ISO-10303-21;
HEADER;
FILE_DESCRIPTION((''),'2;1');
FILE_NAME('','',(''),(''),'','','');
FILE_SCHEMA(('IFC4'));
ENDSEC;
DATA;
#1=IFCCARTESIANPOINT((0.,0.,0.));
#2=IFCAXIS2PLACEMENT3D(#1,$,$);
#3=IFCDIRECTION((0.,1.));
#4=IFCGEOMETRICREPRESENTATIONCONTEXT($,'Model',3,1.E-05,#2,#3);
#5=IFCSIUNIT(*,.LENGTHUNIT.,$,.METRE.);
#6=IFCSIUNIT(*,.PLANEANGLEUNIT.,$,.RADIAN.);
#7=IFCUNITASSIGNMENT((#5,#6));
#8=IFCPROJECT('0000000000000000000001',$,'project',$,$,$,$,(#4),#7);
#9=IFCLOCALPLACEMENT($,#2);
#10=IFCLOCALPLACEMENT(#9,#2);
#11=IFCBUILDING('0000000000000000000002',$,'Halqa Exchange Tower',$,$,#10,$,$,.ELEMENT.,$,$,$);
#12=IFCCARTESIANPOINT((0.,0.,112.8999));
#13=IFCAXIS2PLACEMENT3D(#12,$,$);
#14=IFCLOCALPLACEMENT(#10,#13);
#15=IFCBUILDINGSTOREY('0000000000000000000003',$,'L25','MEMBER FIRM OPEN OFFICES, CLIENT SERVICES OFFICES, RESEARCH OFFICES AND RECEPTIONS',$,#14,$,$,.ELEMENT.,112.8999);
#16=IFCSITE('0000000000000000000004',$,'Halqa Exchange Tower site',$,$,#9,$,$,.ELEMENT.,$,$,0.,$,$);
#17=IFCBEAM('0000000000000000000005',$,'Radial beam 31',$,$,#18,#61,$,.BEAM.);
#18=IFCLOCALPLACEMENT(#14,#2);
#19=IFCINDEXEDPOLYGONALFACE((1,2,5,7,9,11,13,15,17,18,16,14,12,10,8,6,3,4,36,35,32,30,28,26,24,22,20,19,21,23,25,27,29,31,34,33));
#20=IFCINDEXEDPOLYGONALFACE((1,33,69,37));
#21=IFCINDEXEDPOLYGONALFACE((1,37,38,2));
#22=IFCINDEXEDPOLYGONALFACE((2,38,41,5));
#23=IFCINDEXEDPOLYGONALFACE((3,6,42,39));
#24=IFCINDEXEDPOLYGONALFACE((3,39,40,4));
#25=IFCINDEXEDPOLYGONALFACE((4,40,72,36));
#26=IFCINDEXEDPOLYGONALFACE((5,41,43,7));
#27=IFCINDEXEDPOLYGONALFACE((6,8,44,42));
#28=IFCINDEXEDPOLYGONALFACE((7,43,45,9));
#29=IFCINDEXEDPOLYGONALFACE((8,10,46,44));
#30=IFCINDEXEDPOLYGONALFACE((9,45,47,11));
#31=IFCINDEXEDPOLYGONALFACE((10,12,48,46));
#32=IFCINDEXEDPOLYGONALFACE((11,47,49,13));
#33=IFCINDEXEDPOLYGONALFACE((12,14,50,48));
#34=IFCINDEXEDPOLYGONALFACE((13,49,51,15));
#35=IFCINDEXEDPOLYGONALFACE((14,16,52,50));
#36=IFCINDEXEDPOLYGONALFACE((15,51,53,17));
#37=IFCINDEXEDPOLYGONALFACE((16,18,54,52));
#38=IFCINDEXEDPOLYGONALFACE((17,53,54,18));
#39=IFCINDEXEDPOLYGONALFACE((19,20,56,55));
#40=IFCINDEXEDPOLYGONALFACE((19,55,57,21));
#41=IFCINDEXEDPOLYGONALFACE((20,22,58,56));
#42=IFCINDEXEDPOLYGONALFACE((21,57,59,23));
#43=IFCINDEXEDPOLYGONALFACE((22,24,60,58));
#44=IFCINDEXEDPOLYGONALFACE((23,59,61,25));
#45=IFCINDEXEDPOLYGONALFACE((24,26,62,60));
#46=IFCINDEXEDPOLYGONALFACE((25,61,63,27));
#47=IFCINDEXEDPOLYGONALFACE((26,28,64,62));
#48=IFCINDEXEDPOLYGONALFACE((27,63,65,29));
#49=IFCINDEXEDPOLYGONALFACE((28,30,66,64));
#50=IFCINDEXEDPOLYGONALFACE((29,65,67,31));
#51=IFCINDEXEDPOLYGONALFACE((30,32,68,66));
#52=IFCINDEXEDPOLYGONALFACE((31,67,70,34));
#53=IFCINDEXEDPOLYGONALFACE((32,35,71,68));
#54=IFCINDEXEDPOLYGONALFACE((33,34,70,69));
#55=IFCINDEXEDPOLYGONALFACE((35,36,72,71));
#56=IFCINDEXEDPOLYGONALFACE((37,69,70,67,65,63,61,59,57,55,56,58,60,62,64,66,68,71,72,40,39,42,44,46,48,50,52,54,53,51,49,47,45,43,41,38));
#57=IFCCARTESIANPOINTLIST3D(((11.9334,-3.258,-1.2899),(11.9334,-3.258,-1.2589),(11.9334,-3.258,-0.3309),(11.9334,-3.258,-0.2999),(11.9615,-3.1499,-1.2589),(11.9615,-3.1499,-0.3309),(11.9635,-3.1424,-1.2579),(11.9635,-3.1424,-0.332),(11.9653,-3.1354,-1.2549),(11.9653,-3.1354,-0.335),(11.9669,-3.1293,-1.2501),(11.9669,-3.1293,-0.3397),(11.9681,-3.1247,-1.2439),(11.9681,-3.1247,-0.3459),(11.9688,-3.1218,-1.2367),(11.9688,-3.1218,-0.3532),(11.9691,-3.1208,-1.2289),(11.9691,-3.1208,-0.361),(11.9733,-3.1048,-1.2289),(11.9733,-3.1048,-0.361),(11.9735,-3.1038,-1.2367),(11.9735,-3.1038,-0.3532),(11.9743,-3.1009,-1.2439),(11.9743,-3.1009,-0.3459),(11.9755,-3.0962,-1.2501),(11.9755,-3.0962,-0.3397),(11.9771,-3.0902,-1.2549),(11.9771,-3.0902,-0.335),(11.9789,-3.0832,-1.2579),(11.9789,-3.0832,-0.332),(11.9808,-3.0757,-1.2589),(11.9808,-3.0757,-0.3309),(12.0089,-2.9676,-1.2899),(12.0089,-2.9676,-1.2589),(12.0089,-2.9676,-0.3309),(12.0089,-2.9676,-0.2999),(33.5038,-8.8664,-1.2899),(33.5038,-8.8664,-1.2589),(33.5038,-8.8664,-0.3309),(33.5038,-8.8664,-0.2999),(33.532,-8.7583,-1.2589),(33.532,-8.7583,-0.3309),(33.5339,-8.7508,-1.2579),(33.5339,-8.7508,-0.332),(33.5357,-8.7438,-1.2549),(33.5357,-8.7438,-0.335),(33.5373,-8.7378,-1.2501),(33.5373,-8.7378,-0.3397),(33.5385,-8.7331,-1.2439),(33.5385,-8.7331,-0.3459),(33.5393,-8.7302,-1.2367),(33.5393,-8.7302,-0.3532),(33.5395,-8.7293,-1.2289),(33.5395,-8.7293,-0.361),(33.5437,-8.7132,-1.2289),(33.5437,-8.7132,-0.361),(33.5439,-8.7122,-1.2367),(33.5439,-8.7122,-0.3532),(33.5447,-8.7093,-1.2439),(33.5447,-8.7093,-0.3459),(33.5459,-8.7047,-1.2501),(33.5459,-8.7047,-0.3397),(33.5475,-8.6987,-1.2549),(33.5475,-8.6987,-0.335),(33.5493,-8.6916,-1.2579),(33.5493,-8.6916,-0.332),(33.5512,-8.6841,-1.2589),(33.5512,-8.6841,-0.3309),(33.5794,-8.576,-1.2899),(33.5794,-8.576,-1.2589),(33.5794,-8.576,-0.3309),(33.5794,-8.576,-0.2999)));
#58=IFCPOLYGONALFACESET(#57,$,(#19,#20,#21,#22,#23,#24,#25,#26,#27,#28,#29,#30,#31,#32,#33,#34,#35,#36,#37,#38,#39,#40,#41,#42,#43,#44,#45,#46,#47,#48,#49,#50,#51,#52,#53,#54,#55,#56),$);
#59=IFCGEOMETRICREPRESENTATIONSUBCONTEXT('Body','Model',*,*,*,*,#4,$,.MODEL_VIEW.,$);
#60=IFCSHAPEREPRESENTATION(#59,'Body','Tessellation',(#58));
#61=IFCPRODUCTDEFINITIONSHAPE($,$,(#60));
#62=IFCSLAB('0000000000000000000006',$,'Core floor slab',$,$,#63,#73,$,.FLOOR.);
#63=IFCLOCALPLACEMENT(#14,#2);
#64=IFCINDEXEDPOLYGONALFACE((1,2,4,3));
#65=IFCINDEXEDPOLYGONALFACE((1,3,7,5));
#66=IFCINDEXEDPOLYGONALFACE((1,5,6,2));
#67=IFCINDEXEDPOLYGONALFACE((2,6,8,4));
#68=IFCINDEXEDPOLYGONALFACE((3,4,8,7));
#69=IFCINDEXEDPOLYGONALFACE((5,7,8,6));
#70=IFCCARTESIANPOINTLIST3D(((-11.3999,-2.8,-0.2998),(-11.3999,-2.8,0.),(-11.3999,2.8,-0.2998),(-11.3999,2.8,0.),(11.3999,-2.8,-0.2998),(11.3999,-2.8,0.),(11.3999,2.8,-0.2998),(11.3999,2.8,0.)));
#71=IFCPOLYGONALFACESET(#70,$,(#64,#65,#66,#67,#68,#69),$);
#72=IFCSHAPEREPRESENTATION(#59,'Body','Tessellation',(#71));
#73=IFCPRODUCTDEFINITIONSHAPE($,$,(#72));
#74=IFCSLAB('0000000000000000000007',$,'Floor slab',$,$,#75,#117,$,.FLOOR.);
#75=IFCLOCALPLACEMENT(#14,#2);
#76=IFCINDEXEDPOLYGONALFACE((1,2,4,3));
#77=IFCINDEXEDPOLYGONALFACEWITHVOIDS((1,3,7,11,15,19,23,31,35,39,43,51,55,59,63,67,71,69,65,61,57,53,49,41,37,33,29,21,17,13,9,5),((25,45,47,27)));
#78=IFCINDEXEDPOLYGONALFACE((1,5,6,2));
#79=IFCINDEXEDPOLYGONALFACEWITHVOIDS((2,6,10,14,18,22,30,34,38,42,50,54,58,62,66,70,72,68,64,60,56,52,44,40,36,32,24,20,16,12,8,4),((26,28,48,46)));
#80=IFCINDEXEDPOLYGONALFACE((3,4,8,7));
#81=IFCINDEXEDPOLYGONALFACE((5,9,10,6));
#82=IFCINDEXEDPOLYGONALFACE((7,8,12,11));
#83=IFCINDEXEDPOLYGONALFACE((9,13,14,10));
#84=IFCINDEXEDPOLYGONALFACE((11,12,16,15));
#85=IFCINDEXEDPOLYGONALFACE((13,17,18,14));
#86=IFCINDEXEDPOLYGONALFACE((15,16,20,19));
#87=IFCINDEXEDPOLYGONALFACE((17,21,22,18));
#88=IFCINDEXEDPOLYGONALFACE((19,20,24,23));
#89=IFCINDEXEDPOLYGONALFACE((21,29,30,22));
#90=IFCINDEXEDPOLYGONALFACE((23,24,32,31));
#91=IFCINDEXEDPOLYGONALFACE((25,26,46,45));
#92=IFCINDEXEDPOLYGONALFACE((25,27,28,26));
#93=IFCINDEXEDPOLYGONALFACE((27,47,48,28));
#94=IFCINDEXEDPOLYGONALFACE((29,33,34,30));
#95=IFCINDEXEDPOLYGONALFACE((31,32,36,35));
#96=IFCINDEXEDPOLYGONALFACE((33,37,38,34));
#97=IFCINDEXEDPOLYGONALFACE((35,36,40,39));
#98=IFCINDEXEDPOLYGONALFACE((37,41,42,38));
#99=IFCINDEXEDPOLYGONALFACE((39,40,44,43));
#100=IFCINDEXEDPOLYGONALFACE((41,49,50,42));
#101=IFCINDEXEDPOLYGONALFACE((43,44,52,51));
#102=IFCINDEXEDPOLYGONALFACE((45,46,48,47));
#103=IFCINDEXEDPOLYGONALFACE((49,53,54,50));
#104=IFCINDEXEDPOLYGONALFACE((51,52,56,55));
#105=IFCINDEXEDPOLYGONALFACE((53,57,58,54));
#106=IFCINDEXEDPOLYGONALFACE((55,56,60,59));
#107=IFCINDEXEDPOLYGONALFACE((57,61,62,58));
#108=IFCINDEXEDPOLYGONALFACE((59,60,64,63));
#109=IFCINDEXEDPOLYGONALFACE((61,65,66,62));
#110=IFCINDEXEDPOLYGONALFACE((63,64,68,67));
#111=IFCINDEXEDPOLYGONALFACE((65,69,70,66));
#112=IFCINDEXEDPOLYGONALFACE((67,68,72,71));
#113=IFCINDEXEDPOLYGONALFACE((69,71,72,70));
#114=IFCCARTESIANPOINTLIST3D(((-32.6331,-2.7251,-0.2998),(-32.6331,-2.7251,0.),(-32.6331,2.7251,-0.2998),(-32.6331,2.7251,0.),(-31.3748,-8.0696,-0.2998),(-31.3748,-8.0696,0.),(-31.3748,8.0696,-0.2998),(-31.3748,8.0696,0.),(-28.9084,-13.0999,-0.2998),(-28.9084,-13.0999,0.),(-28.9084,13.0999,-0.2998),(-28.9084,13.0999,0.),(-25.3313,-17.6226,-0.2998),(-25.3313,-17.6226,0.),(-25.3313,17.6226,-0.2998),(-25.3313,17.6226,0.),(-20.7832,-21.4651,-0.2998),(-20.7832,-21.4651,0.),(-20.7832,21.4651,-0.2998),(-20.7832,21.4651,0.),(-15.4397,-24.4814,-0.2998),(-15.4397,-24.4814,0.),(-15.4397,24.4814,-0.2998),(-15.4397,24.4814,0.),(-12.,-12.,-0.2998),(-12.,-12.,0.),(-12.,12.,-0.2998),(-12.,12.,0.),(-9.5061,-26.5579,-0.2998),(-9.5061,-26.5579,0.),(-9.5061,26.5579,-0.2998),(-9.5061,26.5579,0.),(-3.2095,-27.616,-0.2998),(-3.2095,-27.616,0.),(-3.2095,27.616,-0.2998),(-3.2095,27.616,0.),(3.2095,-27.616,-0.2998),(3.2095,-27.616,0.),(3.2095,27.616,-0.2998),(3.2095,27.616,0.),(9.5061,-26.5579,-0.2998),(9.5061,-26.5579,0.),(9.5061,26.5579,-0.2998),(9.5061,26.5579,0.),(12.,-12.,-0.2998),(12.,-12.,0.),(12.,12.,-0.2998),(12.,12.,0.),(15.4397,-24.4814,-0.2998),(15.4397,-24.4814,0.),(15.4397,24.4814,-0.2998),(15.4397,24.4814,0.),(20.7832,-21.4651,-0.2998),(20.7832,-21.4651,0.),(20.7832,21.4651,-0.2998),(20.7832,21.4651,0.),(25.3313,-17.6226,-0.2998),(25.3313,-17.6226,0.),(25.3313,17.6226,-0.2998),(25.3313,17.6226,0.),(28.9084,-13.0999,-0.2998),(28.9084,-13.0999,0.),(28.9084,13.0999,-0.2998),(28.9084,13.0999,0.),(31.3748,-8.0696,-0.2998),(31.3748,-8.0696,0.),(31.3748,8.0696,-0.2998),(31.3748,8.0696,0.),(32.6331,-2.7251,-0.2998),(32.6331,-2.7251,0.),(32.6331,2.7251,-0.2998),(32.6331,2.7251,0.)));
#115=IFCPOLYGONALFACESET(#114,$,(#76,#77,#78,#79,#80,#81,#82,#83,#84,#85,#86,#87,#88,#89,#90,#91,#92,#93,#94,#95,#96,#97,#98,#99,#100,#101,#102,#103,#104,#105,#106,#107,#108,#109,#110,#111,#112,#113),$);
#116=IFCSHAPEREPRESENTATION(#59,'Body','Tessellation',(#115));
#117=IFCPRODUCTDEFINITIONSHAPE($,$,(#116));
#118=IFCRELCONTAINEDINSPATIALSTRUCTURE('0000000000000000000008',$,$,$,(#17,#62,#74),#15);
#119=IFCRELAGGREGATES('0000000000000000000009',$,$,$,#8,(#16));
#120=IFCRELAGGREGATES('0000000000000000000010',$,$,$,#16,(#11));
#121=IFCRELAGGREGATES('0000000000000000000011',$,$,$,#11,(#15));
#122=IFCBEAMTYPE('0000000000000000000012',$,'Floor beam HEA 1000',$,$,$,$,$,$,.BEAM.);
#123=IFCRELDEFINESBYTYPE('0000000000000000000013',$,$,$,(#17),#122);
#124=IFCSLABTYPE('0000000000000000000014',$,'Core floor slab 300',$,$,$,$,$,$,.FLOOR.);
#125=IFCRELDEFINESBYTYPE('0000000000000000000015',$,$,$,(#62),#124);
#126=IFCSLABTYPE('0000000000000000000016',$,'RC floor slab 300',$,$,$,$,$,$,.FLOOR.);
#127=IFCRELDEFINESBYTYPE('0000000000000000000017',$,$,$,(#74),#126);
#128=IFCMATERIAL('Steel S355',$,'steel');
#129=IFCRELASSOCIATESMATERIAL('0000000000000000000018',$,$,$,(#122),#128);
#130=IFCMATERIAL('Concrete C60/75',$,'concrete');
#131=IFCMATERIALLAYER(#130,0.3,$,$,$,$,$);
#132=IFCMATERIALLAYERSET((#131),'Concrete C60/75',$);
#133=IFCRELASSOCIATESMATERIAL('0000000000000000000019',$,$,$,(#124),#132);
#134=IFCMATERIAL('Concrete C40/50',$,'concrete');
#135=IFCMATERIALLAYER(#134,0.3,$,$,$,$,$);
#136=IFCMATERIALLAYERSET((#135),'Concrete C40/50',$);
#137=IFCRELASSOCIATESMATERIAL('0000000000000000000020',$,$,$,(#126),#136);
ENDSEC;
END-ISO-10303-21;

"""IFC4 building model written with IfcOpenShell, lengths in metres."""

from ifc_helpers import new_model, si_unit, direction, frame, origin, origin_2d, place, context, subcontext, project, spatial, polyline, i_section, outline, extrude, material, layer, layer_set, material_profile, profile_set, type_object, element, save


model = new_model("IFC4")

# Units and contexts
model_context = context("Model", 3, precision=1e-05, world=origin(), true_north=direction((0.0, 1.0)))
body_context = subcontext(model_context, "Body", "Model", "MODEL_VIEW")
ifc_project = project(units=[si_unit("LENGTHUNIT", "METRE"), si_unit("PLANEANGLEUNIT", "RADIAN")], contexts=[model_context])

# Site, building, storey
site_placement = place(None, origin())
site = spatial("IfcSite", under=ifc_project, at=site_placement, Name="Halqa Exchange Tower site", CompositionType="ELEMENT", RefElevation=0.0)
building_placement = place(site_placement, origin())
building = spatial("IfcBuilding", under=site, at=building_placement, Name="Halqa Exchange Tower", CompositionType="ELEMENT")
storey_placement = place(building_placement, frame((0.0, 0.0, 112.8999)))
storey = spatial("IfcBuildingStorey", under=building, at=storey_placement, Name="L25", Description="MEMBER FIRM OPEN OFFICES, CLIENT SERVICES OFFICES, RESEARCH OFFICES AND RECEPTIONS", CompositionType="ELEMENT", Elevation=112.8999)

# Beam
ifc_material_1 = material(Name="Steel S355", Category="steel")
ifc_material_profile = material_profile(ifc_material_1, i_section(OverallWidth=0.3, OverallDepth=0.99, WebThickness=0.0166, FlangeThickness=0.031, FilletRadius=0.03, at=origin_2d()), Name="HEA 1000")
ifc_profile_set = profile_set([ifc_material_profile], Name="Steel S355")
beam_type = type_object("IfcBeamType", Name="Floor beam HEA 1000", PredefinedType="BEAM", material=ifc_profile_set)
beam_placement = place(storey_placement, frame((11.9712, -3.1128, -0.7949), z_axis=(0.967821, -0.251639, 0.0), x_axis=(0.251639, 0.967821, 0.0)))
element("IfcBeam", 1, at=beam_placement, inside=storey, type_object=beam_type, Name="Radial beam 31", PredefinedType="BEAM", context=body_context, shape_type="SweptSolid", body=[
    extrude(i_section(OverallWidth=0.3, OverallDepth=0.99, WebThickness=0.0166, FlangeThickness=0.031, FilletRadius=0.03, at=origin_2d()), origin(), (0.0, 0.0, 1.0), 22.2876),
])

# Slabs
ifc_material_2 = material(Name="Concrete C60/75", Category="concrete")
ifc_layer_1 = layer(ifc_material_2, 0.3)
ifc_layer_set_1 = layer_set([ifc_layer_1], Name="Concrete C60/75")
slab_type_1 = type_object("IfcSlabType", Name="Core floor slab 300", PredefinedType="FLOOR", material=ifc_layer_set_1)
slab_1_placement = place(storey_placement, frame((0.0, 0.0, -0.2998)))
element("IfcSlab", 2, at=slab_1_placement, inside=storey, type_object=slab_type_1, Name="Core floor slab", PredefinedType="FLOOR", context=body_context, shape_type="SweptSolid", body=[
    extrude(outline(polyline([(-11.3999, 2.8), (11.3999, 2.8), (11.3999, -2.8), (-11.3999, -2.8), (-11.3999, 2.8)])), origin(), (0.0, 0.0, 1.0), 0.2998),
])
ifc_material_3 = material(Name="Concrete C40/50", Category="concrete")
ifc_layer_2 = layer(ifc_material_3, 0.3)
ifc_layer_set_2 = layer_set([ifc_layer_2], Name="Concrete C40/50")
slab_type_2 = type_object("IfcSlabType", Name="RC floor slab 300", PredefinedType="FLOOR", material=ifc_layer_set_2)
slab_2_placement = place(storey_placement, frame((0.0, 0.0, -0.2998)))
element("IfcSlab", 3, at=slab_2_placement, inside=storey, type_object=slab_type_2, Name="Floor slab", PredefinedType="FLOOR", context=body_context, shape_type="SweptSolid", body=[
    extrude(outline(polyline([(32.6331, 2.7251), (31.3748, 8.0696), (28.9084, 13.0999), (25.3313, 17.6226), (20.7832, 21.4651), (15.4397, 24.4814), (9.5061, 26.5579), (3.2095, 27.616), (-3.2095, 27.616), (-9.5061, 26.5579), (-15.4397, 24.4814), (-20.7832, 21.4651), (-25.3313, 17.6226), (-28.9084, 13.0999), (-31.3748, 8.0696), (-32.6331, 2.7251), (-32.6331, -2.7251), (-31.3748, -8.0696), (-28.9084, -13.0999), (-25.3313, -17.6226), (-20.7832, -21.4651), (-15.4397, -24.4814), (-9.5061, -26.5579), (-3.2095, -27.616), (3.2095, -27.616), (9.5061, -26.5579), (15.4397, -24.4814), (20.7832, -21.4651), (25.3313, -17.6226), (28.9084, -13.0999), (31.3748, -8.0696), (32.6331, -2.7251), (32.6331, 2.7251)]), holes=[polyline([(-12.0, -12.0), (12.0, -12.0), (12.0, 12.0), (-12.0, 12.0), (-12.0, -12.0)])]), origin(), (0.0, 0.0, 1.0), 0.2998),
])

save(model, "model.ifc")
